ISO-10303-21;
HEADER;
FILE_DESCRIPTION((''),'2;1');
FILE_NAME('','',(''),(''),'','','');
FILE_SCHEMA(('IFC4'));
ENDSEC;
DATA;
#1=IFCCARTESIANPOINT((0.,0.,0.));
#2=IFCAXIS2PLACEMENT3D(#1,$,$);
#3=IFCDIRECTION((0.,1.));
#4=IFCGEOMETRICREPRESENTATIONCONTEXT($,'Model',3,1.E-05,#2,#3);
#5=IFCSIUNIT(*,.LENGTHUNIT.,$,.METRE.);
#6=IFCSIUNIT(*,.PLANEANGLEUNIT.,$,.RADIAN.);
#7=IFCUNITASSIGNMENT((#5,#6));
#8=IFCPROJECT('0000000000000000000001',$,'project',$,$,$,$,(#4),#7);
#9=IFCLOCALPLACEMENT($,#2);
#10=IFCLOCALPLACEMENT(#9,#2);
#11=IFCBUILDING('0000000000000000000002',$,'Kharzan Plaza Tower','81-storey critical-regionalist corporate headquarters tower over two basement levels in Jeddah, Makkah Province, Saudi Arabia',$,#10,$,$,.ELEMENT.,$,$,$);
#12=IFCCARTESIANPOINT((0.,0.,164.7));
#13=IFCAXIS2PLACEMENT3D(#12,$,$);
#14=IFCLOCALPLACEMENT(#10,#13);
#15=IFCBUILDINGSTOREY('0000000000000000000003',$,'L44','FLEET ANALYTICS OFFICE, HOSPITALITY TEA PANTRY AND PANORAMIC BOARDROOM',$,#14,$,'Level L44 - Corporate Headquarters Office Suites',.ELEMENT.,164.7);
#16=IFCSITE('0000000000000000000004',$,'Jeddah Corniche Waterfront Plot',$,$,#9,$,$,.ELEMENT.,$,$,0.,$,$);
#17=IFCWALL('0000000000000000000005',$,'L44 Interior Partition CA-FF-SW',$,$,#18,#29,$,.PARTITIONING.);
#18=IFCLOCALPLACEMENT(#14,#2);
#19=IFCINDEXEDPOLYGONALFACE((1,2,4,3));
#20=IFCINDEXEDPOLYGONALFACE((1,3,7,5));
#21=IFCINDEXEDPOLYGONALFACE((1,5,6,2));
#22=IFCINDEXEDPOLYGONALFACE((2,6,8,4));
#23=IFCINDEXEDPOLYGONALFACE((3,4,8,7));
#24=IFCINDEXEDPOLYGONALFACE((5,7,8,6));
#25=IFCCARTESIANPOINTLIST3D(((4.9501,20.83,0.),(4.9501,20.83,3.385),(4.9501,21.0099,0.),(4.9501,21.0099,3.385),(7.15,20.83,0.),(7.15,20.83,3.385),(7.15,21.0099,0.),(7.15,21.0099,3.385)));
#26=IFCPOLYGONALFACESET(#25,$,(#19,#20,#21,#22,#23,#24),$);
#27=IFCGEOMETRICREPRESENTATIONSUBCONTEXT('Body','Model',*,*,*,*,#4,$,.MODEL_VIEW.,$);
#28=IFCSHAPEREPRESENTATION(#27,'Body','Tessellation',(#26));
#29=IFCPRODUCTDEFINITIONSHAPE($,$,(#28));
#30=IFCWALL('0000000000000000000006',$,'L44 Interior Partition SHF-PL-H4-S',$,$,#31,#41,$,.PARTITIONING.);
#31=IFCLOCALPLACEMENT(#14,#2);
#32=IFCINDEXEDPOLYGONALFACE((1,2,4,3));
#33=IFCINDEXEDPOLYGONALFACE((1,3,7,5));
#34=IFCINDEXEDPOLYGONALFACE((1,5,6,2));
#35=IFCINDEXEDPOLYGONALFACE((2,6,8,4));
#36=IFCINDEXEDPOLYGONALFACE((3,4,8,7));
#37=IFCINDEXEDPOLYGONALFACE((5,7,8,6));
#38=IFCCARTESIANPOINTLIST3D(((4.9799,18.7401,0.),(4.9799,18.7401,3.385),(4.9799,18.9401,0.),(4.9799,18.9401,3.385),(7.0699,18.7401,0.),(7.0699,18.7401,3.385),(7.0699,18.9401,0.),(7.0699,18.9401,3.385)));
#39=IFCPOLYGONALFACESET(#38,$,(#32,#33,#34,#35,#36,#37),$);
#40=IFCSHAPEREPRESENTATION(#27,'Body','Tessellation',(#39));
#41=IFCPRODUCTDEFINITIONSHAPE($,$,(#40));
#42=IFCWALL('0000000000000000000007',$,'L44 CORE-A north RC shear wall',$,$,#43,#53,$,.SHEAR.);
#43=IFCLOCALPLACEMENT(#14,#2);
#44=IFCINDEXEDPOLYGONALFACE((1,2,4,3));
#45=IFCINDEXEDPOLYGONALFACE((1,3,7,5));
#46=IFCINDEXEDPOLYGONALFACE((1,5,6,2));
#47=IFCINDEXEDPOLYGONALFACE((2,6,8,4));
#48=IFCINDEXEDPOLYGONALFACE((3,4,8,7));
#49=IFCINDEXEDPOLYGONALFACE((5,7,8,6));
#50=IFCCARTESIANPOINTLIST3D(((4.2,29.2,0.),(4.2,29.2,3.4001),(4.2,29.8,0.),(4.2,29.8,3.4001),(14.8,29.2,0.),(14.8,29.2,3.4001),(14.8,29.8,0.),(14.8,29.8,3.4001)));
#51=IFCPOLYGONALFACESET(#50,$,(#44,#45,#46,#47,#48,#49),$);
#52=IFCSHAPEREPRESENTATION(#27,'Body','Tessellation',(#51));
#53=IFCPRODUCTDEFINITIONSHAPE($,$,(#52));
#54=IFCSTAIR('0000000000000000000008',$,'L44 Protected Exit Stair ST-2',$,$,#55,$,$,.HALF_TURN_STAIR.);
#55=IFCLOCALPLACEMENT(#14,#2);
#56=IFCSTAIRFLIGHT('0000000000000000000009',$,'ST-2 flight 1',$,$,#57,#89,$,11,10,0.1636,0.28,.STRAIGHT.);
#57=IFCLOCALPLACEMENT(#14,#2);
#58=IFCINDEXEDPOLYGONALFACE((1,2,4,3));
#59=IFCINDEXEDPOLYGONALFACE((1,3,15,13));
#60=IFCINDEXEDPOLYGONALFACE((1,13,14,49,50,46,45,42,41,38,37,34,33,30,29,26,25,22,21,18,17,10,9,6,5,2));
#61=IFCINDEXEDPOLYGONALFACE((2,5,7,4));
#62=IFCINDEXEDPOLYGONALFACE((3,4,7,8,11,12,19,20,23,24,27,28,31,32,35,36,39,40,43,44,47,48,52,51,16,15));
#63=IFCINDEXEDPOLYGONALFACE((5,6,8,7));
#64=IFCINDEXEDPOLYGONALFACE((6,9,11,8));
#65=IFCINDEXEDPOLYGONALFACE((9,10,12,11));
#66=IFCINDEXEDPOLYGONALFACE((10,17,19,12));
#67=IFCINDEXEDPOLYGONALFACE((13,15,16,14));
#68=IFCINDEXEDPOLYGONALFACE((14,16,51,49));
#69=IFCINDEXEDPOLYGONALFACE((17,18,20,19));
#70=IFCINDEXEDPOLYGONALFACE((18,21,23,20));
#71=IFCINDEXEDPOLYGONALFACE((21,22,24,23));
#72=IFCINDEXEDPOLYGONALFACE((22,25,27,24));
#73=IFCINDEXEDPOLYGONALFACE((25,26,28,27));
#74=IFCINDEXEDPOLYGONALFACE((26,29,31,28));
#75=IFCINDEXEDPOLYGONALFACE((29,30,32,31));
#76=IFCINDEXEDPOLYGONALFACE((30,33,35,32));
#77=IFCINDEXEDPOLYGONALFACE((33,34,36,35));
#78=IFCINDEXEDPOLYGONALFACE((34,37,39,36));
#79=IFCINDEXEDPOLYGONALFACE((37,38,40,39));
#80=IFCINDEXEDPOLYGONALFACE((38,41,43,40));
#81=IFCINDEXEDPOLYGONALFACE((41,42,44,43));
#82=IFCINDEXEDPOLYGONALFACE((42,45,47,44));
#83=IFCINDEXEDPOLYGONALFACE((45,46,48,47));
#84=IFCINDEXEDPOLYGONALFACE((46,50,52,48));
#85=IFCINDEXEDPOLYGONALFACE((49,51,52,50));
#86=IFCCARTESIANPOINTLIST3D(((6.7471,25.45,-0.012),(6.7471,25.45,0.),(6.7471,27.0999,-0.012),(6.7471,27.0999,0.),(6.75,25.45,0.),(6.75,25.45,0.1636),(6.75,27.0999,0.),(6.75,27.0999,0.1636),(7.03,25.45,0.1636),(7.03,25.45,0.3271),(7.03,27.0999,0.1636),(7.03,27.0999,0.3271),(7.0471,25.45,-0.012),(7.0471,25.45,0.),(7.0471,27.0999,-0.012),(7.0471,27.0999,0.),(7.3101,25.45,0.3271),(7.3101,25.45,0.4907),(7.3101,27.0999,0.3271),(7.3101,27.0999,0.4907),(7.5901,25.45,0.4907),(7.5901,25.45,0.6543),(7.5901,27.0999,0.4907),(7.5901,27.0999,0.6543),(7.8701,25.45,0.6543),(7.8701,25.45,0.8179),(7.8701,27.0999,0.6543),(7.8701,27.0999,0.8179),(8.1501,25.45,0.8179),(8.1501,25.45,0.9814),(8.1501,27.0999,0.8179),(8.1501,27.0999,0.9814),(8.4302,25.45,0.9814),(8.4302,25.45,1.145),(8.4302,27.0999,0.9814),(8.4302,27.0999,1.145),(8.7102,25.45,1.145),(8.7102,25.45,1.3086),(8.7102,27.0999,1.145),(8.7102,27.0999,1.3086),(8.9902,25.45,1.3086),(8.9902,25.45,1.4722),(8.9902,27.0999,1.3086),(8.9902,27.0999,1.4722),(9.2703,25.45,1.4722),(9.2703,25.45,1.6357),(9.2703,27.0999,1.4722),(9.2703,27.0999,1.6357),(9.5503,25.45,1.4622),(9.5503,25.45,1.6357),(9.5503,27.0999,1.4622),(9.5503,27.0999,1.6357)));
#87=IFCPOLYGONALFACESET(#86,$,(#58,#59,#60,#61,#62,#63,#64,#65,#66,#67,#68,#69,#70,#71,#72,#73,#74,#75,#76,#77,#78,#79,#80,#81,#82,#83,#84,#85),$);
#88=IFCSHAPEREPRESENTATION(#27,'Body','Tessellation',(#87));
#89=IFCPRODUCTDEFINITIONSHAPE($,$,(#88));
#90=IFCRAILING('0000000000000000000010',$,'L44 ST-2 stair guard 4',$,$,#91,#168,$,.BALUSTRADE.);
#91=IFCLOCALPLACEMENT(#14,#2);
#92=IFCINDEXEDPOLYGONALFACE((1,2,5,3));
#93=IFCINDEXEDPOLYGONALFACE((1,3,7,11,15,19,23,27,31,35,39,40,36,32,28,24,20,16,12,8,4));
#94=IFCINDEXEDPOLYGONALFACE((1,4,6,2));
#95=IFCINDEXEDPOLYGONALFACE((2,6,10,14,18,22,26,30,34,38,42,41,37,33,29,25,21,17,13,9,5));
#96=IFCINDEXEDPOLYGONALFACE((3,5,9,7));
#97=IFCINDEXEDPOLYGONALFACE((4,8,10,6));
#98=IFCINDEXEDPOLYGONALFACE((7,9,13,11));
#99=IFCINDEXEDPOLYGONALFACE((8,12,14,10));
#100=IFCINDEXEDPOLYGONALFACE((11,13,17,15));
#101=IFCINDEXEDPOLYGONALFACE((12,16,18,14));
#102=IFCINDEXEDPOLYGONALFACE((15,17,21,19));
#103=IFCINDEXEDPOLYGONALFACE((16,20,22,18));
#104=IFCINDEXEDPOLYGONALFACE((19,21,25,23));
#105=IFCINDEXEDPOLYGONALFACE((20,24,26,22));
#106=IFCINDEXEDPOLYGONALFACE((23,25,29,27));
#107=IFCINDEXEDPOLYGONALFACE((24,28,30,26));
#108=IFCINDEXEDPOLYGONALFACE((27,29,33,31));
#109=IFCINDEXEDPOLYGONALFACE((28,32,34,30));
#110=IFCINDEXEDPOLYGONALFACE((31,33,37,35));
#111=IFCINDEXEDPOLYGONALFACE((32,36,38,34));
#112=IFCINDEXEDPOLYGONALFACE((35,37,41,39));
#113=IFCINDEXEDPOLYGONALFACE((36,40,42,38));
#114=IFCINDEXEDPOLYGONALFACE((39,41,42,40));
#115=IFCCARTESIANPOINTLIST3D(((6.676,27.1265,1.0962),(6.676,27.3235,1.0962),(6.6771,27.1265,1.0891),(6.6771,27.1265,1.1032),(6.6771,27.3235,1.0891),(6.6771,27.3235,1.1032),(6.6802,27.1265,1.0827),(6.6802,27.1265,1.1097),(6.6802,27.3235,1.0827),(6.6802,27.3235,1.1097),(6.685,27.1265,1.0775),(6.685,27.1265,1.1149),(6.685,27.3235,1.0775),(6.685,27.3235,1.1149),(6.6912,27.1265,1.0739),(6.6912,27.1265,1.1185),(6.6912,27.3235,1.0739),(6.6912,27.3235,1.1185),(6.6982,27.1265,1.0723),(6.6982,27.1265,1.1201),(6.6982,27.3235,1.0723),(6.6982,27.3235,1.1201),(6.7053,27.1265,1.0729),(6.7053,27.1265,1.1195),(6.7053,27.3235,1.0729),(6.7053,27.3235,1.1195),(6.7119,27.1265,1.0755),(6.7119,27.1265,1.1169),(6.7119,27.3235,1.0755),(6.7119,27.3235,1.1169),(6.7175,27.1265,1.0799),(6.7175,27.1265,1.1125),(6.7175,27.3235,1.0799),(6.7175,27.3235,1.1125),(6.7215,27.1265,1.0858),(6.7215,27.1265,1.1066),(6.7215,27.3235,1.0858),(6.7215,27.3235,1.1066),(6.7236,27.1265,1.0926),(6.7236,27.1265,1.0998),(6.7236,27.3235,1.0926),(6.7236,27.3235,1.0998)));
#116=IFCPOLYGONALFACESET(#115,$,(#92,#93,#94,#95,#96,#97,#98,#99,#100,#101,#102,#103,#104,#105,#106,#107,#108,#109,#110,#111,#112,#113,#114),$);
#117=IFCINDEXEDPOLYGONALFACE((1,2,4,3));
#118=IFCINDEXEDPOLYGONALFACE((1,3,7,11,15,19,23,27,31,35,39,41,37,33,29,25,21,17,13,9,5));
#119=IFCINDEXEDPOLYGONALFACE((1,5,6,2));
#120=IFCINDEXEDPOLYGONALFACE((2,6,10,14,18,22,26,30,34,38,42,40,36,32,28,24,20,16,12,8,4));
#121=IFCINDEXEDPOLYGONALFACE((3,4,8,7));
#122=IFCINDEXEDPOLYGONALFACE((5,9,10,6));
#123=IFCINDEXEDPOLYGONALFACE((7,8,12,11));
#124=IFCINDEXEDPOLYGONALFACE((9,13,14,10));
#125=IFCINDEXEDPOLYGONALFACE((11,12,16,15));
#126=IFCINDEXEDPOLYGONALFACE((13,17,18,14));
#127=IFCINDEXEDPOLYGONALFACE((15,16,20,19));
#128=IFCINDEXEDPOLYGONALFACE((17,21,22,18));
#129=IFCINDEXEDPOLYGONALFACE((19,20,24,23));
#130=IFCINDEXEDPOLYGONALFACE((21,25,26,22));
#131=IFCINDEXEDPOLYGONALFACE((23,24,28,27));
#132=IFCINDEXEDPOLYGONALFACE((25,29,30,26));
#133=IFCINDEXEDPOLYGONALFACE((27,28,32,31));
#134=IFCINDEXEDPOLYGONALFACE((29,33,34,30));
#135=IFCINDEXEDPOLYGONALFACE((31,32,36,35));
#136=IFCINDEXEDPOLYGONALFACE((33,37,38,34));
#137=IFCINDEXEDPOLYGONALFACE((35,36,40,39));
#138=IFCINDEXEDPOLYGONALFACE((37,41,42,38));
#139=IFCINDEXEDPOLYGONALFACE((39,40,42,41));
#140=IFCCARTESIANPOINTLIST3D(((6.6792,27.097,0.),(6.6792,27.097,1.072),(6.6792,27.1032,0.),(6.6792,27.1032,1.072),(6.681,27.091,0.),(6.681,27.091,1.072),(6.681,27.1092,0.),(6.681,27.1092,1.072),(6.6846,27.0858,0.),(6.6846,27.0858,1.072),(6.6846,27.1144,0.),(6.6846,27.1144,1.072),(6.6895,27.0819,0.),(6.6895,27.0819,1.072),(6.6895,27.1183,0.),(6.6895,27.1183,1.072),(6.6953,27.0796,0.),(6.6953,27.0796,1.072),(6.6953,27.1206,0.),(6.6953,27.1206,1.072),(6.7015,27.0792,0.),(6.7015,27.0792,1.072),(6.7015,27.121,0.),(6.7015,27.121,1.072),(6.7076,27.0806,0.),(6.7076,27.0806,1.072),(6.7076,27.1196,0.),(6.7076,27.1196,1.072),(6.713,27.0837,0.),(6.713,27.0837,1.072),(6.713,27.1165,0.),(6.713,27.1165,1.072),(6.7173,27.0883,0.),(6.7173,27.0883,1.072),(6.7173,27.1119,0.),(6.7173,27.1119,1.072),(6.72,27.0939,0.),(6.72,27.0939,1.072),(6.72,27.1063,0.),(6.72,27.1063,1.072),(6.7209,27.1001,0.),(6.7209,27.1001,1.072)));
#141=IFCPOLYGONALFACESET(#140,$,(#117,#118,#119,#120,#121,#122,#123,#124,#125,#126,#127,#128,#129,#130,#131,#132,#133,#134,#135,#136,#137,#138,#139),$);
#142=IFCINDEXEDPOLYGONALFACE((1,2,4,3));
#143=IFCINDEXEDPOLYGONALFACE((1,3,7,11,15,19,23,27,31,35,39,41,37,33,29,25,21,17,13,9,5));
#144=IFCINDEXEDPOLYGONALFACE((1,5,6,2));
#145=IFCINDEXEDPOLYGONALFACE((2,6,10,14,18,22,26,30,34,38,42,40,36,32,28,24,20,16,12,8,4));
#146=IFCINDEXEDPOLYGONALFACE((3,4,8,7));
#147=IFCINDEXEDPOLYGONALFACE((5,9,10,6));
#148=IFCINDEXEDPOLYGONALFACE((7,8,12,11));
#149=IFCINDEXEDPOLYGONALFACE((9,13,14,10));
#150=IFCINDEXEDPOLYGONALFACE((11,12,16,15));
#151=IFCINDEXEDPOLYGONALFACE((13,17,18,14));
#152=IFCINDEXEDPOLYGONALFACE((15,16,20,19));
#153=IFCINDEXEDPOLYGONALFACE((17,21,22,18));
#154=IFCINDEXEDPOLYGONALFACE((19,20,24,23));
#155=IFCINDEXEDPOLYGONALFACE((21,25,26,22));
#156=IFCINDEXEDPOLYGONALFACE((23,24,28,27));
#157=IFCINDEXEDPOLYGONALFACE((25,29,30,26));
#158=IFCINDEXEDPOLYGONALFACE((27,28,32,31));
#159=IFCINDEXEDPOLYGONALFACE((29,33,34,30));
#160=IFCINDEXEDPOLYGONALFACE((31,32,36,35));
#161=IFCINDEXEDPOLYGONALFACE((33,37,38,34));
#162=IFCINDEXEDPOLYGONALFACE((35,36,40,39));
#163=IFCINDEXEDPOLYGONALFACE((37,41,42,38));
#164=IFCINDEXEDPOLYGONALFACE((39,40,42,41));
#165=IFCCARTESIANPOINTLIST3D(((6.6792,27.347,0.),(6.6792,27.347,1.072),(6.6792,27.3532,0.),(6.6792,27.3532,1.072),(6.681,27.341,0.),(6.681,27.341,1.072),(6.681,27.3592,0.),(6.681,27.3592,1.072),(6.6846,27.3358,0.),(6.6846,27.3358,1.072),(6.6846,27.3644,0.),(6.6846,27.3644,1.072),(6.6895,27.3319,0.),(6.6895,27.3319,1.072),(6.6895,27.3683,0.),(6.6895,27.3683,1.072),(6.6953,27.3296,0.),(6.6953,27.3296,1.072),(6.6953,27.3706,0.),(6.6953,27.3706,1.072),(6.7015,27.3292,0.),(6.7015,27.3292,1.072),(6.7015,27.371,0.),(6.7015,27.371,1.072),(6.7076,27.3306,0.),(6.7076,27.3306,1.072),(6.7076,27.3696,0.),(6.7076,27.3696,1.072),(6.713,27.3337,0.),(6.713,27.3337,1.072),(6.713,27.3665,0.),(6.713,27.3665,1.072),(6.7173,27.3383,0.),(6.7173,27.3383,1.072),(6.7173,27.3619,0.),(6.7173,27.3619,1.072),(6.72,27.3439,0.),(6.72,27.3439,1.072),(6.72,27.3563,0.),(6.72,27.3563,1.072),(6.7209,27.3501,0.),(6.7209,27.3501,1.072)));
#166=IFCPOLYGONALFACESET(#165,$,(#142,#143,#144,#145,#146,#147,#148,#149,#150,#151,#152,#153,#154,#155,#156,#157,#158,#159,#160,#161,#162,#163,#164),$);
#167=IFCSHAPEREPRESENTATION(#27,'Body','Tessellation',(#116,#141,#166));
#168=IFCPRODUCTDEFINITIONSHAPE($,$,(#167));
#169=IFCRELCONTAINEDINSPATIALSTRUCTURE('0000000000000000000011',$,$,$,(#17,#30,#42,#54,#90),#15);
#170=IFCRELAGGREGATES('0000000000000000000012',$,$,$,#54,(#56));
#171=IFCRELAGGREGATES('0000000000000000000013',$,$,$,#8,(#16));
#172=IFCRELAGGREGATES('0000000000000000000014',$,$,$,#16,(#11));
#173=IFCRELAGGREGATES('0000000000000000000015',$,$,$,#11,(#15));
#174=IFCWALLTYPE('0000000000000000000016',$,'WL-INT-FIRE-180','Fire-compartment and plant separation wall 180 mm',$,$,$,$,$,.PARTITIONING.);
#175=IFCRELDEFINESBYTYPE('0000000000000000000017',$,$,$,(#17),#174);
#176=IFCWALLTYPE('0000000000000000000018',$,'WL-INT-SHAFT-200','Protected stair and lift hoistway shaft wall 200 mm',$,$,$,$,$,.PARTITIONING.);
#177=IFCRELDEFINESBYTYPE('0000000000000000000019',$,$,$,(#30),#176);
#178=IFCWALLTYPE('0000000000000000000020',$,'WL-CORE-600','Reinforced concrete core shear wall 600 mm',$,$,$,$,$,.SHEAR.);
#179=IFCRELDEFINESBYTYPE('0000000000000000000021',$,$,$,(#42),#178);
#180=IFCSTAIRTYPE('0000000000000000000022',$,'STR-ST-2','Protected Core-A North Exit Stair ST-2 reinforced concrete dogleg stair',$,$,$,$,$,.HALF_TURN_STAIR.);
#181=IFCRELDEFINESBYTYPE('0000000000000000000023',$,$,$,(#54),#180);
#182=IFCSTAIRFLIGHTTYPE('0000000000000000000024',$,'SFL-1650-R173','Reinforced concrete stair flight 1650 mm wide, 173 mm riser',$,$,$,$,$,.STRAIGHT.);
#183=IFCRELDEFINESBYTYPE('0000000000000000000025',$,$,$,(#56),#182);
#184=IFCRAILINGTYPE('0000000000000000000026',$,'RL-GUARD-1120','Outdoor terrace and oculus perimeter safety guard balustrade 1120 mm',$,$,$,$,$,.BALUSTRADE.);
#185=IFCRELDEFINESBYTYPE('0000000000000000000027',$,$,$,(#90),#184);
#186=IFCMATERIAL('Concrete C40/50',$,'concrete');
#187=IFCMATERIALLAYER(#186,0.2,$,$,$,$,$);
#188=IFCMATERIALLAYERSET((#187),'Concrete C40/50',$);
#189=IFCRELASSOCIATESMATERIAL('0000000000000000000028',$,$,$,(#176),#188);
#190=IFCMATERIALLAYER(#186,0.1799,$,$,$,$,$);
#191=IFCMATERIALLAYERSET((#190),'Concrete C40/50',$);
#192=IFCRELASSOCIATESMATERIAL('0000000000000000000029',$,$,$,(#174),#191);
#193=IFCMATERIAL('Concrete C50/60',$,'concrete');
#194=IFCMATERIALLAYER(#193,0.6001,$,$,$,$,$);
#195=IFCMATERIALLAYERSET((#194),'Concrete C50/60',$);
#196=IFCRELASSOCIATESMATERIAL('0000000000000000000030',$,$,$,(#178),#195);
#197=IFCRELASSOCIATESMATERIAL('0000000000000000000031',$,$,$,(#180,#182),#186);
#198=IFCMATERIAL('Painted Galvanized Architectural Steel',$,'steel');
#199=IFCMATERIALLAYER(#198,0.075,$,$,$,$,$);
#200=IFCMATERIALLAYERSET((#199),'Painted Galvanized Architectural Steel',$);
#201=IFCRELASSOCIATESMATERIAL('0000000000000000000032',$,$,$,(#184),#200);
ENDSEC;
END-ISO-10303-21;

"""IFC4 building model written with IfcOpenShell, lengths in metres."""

from ifc_helpers import new_model, si_unit, direction, frame, frame_2d, origin, origin_2d, place, context, subcontext, project, spatial, polyline, rectangle, circle, outline, extrude, source, transform, mapped, material, layer, layer_set, type_object, element, aggregate, save


model = new_model("IFC4")

# Units and contexts
model_context = context("Model", 3, precision=1e-05, world=origin(), true_north=direction((0.0, 1.0)))
body_context = subcontext(model_context, "Body", "Model", "MODEL_VIEW")
ifc_project = project(units=[si_unit("LENGTHUNIT", "METRE"), si_unit("PLANEANGLEUNIT", "RADIAN")], contexts=[model_context])

# Site, building, storey
site_placement = place(None, origin())
site = spatial("IfcSite", under=ifc_project, at=site_placement, Name="Jeddah Corniche Waterfront Plot", CompositionType="ELEMENT", RefElevation=0.0)
building_placement = place(site_placement, origin())
building = spatial("IfcBuilding", under=site, at=building_placement, Name="Kharzan Plaza Tower", Description="81-storey critical-regionalist corporate headquarters tower over two basement levels in Jeddah, Makkah Province, Saudi Arabia", CompositionType="ELEMENT")
storey_placement = place(building_placement, frame((0.0, 0.0, 164.7)))
storey = spatial("IfcBuildingStorey", under=building, at=storey_placement, Name="L44", Description="FLEET ANALYTICS OFFICE, HOSPITALITY TEA PANTRY AND PANORAMIC BOARDROOM", LongName="Level L44 - Corporate Headquarters Office Suites", CompositionType="ELEMENT", Elevation=164.7)

# Shared definitions
ifc_material_1 = material(Name="Concrete C50/60", Category="concrete")

# Shared definitions
ifc_material_2 = material(Name="Concrete C40/50", Category="concrete")

# Shared definitions
ifc_layer_1 = layer(ifc_material_2, 0.2)
ifc_layer_set_1 = layer_set([ifc_layer_1], Name="Concrete C40/50")
wall_type_1 = type_object("IfcWallType", Name="WL-INT-SHAFT-200", Description="Protected stair and lift hoistway shaft wall 200 mm", PredefinedType="PARTITIONING", material=ifc_layer_set_1)

# Walls
ifc_layer_2 = layer(ifc_material_2, 0.1799)
ifc_layer_set_2 = layer_set([ifc_layer_2], Name="Concrete C40/50")
wall_type_2 = type_object("IfcWallType", Name="WL-INT-FIRE-180", Description="Fire-compartment and plant separation wall 180 mm", PredefinedType="PARTITIONING", material=ifc_layer_set_2)
shared_shape_1 = source(origin(), body_context, "Body", "SweptSolid", [
    extrude(rectangle(XDim=2.2, YDim=0.1799, at=frame_2d((1.1001, 0.0))), origin(), (0.0, 0.0, 1.0), 3.385),
])
wall_1_placement = place(storey_placement, frame((4.95, 20.9199, 0.0), z_axis=(0.0, 0.0, 1.0), x_axis=(1.0, 0.0, 0.0)))
element("IfcWall", 1, at=wall_1_placement, inside=storey, type_object=wall_type_2, Name="L44 Interior Partition CA-FF-SW", PredefinedType="PARTITIONING", context=body_context, shape_type="MappedRepresentation", body=[
    mapped(shared_shape_1, transform((0.0, 0.0, 0.0), x_axis=(1.0, 0.0, 0.0), y_axis=(0.0, 1.0, 0.0), z_axis=(0.0, 0.0, 1.0))),
])
shared_shape_2 = source(origin(), body_context, "Body", "SweptSolid", [
    extrude(rectangle(XDim=2.0901, YDim=0.2, at=frame_2d((1.0449, 0.0))), origin(), (0.0, 0.0, 1.0), 3.385),
])
wall_2_placement = place(storey_placement, frame((4.98, 18.8401, 0.0), z_axis=(0.0, 0.0, 1.0), x_axis=(1.0, 0.0, 0.0)))
element("IfcWall", 2, at=wall_2_placement, inside=storey, type_object=wall_type_1, Name="L44 Interior Partition SHF-PL-H4-S", PredefinedType="PARTITIONING", context=body_context, shape_type="MappedRepresentation", body=[
    mapped(shared_shape_2, transform((0.0, 0.0, 0.0), x_axis=(1.0, 0.0, 0.0), y_axis=(0.0, 1.0, 0.0), z_axis=(0.0, 0.0, 1.0))),
])
ifc_layer_3 = layer(ifc_material_1, 0.6001)
ifc_layer_set_3 = layer_set([ifc_layer_3], Name="Concrete C50/60")
wall_type_3 = type_object("IfcWallType", Name="WL-CORE-600", Description="Reinforced concrete core shear wall 600 mm", PredefinedType="SHEAR", material=ifc_layer_set_3)
shared_shape_3 = source(origin(), body_context, "Body", "SweptSolid", [
    extrude(rectangle(XDim=10.6001, YDim=0.6001, at=frame_2d((5.3, 0.0))), origin(), (0.0, 0.0, 1.0), 3.4001),
])
wall_3_placement = place(storey_placement, frame((4.2, 29.5, 0.0), z_axis=(0.0, 0.0, 1.0), x_axis=(1.0, 0.0, 0.0)))
element("IfcWall", 3, at=wall_3_placement, inside=storey, type_object=wall_type_3, Name="L44 CORE-A north RC shear wall", PredefinedType="SHEAR", context=body_context, shape_type="MappedRepresentation", body=[
    mapped(shared_shape_3, transform((0.0, 0.0, 0.0), x_axis=(1.0, 0.0, 0.0), y_axis=(0.0, 1.0, 0.0), z_axis=(0.0, 0.0, 1.0))),
])

# Stair, stair flight
stair_type = type_object("IfcStairType", Name="STR-ST-2", Description="Protected Core-A North Exit Stair ST-2 reinforced concrete dogleg stair", PredefinedType="HALF_TURN_STAIR", material=ifc_material_2)
stair_placement = place(storey_placement, origin())
stair = element("IfcStair", 4, at=stair_placement, inside=storey, type_object=stair_type, Name="L44 Protected Exit Stair ST-2", PredefinedType="HALF_TURN_STAIR")
stair_flight_type = type_object("IfcStairFlightType", Name="SFL-1650-R173", Description="Reinforced concrete stair flight 1650 mm wide, 173 mm riser", PredefinedType="STRAIGHT", material=ifc_material_2)
shared_shape_4 = source(origin(), body_context, "Body", "SweptSolid", [
    extrude(outline(polyline([(-0.0029, -0.012), (-0.0029, 0.0), (0.0, 0.0), (0.0, 0.1636), (0.28, 0.1636), (0.28, 0.3271), (0.5601, 0.3271), (0.5601, 0.4907), (0.8401, 0.4907), (0.8401, 0.6543), (1.1201, 0.6543), (1.1201, 0.8179), (1.4001, 0.8179), (1.4001, 0.9814), (1.6802, 0.9814), (1.6802, 1.145), (1.9602, 1.145), (1.9602, 1.3086), (2.2402, 1.3086), (2.2402, 1.4722), (2.5203, 1.4722), (2.5203, 1.6357), (2.8003, 1.6357), (2.8003, 1.7993), (2.8003, 1.4622), (0.2971, 0.0), (0.2971, -0.012), (-0.0029, -0.012)])), frame((0.0, 0.825, 0.0), z_axis=(0.0, -1.0, 0.0), x_axis=(1.0, 0.0, 0.0)), (0.0, 0.0, 1.0), 1.6499),
])
stair_flight_placement = place(storey_placement, frame((6.75, 26.2749, 0.0), z_axis=(0.0, 0.0, 1.0), x_axis=(1.0, 0.0, 0.0)))
stair_flight = element("IfcStairFlight", 5, at=stair_flight_placement, type_object=stair_flight_type, Name="ST-2 flight 1", NumberOfRisers=11, NumberOfTreads=10, PredefinedType="STRAIGHT", RiserHeight=0.1636, TreadLength=0.28, context=body_context, shape_type="MappedRepresentation", body=[
    mapped(shared_shape_4, transform((0.0, 0.0, 0.0), x_axis=(1.0, 0.0, 0.0), y_axis=(0.0, 1.0, 0.0), z_axis=(0.0, 0.0, 1.0))),
])
aggregate(stair, [stair_flight])

# Railing
ifc_material_3 = material(Name="Painted Galvanized Architectural Steel", Category="steel")
ifc_layer_4 = layer(ifc_material_3, 0.075)
ifc_layer_set_4 = layer_set([ifc_layer_4], Name="Painted Galvanized Architectural Steel")
railing_type_1 = type_object("IfcRailingType", Name="RL-GUARD-1120", Description="Outdoor terrace and oculus perimeter safety guard balustrade 1120 mm", PredefinedType="BALUSTRADE", material=ifc_layer_set_4)
shared_shape_5 = source(origin(), body_context, "Body", "SweptSolid", [
    extrude(circle(Radius=0.0239, at=origin_2d()), frame((0.0, 0.0264, 1.0962), z_axis=(0.0, 1.0, 0.0), x_axis=(-1.0, 0.0, 0.0)), (0.0, 0.0, 1.0), 0.197),
    extrude(circle(Radius=0.021, at=origin_2d()), origin(), (0.0, 0.0, 1.0), 1.072),
    extrude(circle(Radius=0.021, at=origin_2d()), frame((0.0, 0.25, 0.0)), (0.0, 0.0, 1.0), 1.072),
])
railing_1_placement = place(storey_placement, frame((6.7, 27.1001, 0.0)))
element("IfcRailing", 6, at=railing_1_placement, inside=storey, type_object=railing_type_1, Name="L44 ST-2 stair guard 4", PredefinedType="BALUSTRADE", context=body_context, shape_type="MappedRepresentation", body=[
    mapped(shared_shape_5, transform((0.0, 0.0, 0.0), x_axis=(1.0, 0.0, 0.0), y_axis=(0.0, 1.0, 0.0), z_axis=(0.0, 0.0, 1.0))),
])

save(model, "model.ifc")
